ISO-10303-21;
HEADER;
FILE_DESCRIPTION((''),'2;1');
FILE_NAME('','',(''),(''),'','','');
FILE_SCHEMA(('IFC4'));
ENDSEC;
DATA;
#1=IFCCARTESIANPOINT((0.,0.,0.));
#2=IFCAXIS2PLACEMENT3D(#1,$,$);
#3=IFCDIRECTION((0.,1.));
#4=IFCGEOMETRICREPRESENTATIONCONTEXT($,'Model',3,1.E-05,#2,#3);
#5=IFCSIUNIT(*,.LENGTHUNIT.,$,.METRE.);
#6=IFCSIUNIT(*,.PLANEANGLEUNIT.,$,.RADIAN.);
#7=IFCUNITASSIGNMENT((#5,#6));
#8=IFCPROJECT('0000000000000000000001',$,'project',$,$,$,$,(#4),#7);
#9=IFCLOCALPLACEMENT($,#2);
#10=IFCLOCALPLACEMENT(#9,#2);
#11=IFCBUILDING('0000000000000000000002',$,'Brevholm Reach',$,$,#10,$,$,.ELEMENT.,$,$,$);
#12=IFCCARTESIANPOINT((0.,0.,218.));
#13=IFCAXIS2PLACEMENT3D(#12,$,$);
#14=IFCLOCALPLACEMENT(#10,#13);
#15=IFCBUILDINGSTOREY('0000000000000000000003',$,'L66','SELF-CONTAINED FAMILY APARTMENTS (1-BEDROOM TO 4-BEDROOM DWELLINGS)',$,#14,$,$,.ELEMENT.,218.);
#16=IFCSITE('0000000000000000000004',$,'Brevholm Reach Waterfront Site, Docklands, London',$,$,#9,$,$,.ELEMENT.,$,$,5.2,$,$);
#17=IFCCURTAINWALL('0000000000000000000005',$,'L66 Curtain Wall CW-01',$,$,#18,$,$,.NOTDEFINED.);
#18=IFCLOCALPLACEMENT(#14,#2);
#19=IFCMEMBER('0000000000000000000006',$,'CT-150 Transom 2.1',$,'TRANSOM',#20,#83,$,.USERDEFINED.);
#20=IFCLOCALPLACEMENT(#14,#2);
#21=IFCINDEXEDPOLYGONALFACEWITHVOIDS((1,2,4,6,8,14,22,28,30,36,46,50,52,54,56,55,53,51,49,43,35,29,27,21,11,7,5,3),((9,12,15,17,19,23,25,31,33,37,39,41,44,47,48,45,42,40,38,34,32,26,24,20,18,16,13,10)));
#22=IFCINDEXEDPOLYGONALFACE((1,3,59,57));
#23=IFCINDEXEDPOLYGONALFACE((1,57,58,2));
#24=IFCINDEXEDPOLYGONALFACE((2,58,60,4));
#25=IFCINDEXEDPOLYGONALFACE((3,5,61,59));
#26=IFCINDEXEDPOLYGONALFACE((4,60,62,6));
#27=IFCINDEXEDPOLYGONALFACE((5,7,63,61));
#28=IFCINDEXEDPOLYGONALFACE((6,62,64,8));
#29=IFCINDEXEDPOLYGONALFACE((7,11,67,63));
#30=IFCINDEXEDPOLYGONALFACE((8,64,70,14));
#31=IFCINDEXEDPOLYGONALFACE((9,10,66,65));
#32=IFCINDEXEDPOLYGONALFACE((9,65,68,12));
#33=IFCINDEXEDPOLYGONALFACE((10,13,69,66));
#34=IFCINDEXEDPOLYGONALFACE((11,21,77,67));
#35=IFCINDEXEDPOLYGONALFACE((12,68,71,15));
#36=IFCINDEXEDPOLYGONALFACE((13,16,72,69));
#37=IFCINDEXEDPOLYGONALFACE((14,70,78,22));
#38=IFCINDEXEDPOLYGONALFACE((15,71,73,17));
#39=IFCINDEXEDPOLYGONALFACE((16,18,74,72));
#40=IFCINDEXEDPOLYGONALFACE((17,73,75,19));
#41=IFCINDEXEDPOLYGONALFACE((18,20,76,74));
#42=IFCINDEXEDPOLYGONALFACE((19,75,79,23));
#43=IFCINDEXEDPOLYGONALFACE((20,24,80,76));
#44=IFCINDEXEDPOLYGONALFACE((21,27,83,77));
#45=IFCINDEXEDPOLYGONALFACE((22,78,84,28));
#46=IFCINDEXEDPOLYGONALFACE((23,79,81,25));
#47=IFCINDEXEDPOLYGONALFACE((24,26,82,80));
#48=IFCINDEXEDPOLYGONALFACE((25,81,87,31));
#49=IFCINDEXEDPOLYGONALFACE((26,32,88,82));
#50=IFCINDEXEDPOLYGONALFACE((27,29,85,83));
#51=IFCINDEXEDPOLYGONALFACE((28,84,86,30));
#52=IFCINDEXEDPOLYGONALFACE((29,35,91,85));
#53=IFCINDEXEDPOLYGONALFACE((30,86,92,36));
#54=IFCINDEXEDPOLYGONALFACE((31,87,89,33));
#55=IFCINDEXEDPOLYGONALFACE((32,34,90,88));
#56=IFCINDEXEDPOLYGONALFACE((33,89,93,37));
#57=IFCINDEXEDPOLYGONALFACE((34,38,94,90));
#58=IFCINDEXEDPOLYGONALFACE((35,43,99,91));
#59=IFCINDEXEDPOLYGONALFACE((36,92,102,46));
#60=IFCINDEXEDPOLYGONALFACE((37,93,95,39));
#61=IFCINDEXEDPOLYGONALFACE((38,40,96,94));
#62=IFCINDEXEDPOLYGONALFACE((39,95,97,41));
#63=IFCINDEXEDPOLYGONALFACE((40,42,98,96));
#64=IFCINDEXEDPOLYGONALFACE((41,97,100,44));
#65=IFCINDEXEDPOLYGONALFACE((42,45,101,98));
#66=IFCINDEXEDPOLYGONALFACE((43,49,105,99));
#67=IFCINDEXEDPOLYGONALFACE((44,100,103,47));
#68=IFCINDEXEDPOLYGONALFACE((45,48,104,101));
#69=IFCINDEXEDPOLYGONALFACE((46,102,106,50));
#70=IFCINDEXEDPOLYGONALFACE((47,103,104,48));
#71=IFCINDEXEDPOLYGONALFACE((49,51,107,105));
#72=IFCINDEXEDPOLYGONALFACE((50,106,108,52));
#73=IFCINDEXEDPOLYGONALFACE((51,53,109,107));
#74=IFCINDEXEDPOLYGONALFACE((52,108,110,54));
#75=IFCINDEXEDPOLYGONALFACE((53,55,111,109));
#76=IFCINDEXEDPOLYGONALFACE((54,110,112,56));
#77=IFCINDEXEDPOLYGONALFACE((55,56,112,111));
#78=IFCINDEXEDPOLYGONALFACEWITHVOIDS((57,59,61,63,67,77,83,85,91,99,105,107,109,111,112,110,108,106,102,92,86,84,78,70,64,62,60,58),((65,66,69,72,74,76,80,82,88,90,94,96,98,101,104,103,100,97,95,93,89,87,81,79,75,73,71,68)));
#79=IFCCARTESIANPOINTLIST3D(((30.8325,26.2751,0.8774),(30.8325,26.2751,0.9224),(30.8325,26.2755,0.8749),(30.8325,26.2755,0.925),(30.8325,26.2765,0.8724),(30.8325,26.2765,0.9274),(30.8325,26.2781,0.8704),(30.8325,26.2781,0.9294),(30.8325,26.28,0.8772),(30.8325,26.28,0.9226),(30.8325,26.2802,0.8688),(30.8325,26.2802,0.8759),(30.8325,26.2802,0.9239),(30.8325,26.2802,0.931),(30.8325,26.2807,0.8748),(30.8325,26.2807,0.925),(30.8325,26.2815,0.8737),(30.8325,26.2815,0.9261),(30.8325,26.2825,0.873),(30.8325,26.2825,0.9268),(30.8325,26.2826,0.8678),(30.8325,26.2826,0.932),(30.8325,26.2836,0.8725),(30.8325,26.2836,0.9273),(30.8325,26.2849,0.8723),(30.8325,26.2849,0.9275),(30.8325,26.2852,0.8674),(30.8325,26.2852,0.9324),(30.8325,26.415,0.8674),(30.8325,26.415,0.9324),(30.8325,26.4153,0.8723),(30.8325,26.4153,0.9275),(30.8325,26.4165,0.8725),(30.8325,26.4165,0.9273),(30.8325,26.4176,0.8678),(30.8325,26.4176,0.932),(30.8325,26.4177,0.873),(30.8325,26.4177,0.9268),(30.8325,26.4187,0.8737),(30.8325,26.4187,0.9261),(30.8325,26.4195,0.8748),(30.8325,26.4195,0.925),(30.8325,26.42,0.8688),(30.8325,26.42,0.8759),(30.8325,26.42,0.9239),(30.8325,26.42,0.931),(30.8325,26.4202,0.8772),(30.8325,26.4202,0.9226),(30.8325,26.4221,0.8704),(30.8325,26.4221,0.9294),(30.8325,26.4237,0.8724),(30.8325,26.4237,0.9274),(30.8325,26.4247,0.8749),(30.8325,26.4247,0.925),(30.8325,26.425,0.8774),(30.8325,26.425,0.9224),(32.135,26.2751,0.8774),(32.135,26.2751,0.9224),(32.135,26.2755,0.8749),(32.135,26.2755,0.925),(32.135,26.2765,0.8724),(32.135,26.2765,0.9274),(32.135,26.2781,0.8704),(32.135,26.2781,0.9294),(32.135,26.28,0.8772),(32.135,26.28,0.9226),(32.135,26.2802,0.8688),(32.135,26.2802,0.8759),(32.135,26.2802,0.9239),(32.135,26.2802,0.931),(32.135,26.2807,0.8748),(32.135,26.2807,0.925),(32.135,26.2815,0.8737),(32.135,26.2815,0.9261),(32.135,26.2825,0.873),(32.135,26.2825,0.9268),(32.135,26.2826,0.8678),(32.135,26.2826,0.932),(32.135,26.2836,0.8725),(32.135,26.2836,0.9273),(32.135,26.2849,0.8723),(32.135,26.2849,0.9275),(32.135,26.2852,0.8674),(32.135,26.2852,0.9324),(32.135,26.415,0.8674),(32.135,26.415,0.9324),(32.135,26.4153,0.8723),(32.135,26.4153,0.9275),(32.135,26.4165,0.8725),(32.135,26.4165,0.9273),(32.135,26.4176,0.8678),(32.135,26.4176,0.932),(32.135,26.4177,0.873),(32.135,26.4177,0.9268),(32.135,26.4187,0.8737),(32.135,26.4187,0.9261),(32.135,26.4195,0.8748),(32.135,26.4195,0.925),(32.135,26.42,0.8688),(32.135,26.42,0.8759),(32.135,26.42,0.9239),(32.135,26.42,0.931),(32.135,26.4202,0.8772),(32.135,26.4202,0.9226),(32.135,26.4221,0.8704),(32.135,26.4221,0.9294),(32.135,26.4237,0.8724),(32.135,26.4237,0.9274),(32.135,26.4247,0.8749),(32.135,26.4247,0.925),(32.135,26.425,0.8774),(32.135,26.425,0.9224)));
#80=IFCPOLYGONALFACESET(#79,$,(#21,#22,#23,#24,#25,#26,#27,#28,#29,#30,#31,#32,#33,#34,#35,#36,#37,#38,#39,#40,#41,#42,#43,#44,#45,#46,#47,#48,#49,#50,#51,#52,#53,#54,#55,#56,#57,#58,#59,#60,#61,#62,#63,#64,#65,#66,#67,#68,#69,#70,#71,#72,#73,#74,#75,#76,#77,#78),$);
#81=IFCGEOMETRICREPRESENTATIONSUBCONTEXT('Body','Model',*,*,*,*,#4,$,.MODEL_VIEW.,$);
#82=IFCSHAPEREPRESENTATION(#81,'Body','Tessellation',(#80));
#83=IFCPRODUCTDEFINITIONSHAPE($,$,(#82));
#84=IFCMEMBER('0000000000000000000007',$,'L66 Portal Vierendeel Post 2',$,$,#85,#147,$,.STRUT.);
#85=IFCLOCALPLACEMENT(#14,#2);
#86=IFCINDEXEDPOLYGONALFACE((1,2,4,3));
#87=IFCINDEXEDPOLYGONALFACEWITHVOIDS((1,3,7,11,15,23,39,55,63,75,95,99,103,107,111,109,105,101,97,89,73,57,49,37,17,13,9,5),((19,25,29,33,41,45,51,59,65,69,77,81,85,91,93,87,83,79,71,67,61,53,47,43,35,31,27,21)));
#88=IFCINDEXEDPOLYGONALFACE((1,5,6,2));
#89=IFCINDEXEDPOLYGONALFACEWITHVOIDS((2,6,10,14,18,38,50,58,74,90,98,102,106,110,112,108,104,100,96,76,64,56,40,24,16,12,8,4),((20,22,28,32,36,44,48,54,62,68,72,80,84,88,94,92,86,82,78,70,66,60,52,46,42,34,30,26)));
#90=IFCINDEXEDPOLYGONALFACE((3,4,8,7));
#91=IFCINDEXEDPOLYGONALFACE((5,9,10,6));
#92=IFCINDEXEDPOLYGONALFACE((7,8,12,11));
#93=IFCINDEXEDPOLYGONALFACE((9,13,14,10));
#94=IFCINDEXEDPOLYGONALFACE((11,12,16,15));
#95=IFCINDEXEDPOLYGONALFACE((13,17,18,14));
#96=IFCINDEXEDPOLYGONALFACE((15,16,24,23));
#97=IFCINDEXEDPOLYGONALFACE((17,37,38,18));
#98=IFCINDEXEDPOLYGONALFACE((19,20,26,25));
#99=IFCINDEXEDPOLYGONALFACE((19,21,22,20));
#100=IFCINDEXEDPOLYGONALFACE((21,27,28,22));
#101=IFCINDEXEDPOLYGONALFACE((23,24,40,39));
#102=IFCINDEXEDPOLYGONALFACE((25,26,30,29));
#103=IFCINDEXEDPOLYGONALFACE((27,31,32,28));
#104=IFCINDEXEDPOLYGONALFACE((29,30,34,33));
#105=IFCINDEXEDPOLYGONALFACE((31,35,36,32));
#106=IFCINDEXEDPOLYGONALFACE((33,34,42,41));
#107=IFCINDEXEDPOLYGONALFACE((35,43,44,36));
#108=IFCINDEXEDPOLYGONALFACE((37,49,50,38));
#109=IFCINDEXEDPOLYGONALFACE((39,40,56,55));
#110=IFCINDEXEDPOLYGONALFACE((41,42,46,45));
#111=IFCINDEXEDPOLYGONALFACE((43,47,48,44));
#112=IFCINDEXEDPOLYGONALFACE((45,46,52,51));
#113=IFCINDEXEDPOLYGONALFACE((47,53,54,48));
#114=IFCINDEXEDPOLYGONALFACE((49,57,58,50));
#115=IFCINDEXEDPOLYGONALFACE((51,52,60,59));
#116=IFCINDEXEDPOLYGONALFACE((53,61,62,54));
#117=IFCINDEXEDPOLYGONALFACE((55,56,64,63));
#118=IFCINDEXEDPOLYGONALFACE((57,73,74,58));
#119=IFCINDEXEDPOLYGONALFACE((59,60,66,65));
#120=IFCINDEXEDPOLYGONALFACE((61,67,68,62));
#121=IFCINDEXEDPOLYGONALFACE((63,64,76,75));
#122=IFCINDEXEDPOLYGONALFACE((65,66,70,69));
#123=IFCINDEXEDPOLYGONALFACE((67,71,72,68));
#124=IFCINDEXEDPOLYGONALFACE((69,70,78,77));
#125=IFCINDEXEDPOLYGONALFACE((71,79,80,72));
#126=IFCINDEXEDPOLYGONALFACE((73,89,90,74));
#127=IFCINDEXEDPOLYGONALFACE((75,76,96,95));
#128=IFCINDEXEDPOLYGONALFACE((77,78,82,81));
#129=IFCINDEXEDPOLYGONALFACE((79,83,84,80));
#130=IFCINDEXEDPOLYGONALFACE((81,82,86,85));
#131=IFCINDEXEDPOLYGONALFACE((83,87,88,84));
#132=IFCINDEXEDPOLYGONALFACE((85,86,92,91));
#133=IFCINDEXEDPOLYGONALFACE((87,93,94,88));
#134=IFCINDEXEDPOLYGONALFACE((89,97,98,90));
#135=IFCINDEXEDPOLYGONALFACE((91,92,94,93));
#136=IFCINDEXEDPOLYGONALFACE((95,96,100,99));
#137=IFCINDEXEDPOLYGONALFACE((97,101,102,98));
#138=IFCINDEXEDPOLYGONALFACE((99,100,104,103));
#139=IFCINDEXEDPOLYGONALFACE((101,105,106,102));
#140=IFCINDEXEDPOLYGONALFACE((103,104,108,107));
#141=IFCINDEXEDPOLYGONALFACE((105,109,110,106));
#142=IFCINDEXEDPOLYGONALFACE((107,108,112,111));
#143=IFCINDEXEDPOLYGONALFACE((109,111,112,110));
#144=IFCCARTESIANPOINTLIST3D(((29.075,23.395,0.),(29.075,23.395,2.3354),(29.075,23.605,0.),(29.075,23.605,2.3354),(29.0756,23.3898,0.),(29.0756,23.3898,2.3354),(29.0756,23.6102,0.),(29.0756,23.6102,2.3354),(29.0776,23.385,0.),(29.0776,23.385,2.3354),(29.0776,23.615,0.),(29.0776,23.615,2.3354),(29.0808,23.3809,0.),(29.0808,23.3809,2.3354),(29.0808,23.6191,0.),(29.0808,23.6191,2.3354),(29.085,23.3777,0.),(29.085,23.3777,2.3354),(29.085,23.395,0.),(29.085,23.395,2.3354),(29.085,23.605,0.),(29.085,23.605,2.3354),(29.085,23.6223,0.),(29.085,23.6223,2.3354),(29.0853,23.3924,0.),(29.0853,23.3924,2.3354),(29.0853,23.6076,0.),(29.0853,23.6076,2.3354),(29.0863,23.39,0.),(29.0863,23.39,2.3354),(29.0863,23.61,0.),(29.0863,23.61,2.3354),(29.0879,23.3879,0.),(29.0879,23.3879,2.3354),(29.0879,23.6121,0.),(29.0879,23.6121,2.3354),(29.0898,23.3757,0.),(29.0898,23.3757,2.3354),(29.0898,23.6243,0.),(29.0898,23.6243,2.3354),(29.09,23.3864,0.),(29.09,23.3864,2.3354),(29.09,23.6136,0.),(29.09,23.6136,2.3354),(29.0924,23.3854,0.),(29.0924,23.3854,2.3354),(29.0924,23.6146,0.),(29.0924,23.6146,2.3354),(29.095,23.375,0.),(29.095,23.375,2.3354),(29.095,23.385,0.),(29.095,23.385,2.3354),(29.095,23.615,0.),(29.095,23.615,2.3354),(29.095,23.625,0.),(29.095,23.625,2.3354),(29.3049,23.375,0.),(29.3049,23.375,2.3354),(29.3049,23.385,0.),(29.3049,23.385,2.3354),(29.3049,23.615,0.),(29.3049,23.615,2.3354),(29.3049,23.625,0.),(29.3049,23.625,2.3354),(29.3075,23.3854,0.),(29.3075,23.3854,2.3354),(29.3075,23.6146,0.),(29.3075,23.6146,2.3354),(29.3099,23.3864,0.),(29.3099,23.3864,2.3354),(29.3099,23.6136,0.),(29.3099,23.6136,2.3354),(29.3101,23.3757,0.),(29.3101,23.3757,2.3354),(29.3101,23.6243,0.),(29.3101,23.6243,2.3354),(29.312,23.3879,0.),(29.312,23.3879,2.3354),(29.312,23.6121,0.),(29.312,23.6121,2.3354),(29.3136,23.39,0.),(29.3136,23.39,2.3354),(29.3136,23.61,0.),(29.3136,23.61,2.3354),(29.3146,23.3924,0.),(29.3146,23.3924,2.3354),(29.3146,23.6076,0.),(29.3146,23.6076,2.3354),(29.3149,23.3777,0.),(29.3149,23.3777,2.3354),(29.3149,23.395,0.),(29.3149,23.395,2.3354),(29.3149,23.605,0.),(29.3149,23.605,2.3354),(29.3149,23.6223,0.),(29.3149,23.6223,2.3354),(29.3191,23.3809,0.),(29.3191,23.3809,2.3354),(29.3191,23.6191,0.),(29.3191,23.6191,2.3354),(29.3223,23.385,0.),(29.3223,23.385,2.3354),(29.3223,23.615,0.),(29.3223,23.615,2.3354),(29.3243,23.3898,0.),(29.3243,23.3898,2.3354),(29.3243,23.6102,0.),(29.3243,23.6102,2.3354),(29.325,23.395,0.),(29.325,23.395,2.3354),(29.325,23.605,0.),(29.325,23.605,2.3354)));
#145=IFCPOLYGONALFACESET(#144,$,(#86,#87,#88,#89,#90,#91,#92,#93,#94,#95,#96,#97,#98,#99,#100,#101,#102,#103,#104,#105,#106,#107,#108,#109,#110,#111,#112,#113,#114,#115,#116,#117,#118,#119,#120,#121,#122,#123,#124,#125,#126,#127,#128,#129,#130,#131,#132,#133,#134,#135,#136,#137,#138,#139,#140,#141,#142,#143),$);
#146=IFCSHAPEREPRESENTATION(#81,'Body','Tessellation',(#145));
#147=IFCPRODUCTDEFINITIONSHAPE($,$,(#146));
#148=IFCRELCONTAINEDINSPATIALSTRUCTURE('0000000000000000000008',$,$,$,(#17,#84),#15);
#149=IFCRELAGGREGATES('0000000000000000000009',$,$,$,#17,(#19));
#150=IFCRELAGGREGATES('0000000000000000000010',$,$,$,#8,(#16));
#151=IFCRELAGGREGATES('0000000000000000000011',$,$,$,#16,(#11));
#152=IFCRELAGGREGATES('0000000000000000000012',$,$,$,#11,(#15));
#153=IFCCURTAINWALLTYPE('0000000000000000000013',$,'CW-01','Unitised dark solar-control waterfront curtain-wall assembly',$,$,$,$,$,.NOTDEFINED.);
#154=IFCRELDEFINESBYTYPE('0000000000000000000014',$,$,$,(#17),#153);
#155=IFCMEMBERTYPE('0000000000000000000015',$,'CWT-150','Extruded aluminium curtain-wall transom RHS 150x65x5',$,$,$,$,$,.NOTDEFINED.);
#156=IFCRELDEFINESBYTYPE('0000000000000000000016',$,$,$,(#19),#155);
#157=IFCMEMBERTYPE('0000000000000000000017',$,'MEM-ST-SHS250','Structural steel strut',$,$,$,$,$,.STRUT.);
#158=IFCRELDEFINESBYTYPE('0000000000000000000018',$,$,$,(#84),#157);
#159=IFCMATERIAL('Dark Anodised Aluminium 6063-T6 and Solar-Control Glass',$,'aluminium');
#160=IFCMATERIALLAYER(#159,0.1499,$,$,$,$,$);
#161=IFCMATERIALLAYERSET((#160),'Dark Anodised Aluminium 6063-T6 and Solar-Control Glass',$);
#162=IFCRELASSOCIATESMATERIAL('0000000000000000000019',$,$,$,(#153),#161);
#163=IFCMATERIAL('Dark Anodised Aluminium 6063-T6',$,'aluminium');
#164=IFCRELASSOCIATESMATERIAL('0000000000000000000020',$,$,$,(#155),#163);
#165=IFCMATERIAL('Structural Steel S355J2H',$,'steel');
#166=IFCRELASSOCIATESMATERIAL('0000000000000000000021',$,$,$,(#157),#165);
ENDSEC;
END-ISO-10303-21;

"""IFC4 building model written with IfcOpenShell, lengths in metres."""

from ifc_helpers import new_model, si_unit, direction, frame, origin, origin_2d, place, context, subcontext, project, spatial, hollow_rectangle, extrude, material, layer, layer_set, material_profile, profile_set, type_object, element, aggregate, save


model = new_model("IFC4")

# Units and contexts
model_context = context("Model", 3, precision=1e-05, world=origin(), true_north=direction((0.0, 1.0)))
body_context = subcontext(model_context, "Body", "Model", "MODEL_VIEW")
ifc_project = project(units=[si_unit("LENGTHUNIT", "METRE"), si_unit("PLANEANGLEUNIT", "RADIAN")], contexts=[model_context])

# Site, building, storey
site_placement = place(None, origin())
site = spatial("IfcSite", under=ifc_project, at=site_placement, Name="Brevholm Reach Waterfront Site, Docklands, London", CompositionType="ELEMENT", RefElevation=5.2)
building_placement = place(site_placement, origin())
building = spatial("IfcBuilding", under=site, at=building_placement, Name="Brevholm Reach", CompositionType="ELEMENT")
storey_placement = place(building_placement, frame((0.0, 0.0, 218.0)))
storey = spatial("IfcBuildingStorey", under=building, at=storey_placement, Name="L66", Description="SELF-CONTAINED FAMILY APARTMENTS (1-BEDROOM TO 4-BEDROOM DWELLINGS)", CompositionType="ELEMENT", Elevation=218.0)

# Curtain wall, member
ifc_material_1 = material(Name="Dark Anodised Aluminium 6063-T6 and Solar-Control Glass", Category="aluminium")
ifc_layer_1 = layer(ifc_material_1, 0.1499)
ifc_layer_set_1 = layer_set([ifc_layer_1], Name="Dark Anodised Aluminium 6063-T6 and Solar-Control Glass")
curtain_wall_type = type_object("IfcCurtainWallType", Name="CW-01", Description="Unitised dark solar-control waterfront curtain-wall assembly", PredefinedType="NOTDEFINED", material=ifc_layer_set_1)
curtain_wall_placement = place(storey_placement, origin())
curtain_wall = element("IfcCurtainWall", 1, at=curtain_wall_placement, inside=storey, type_object=curtain_wall_type, Name="L66 Curtain Wall CW-01", PredefinedType="NOTDEFINED")
ifc_material_2 = material(Name="Dark Anodised Aluminium 6063-T6", Category="aluminium")
ifc_material_profile_1 = material_profile(ifc_material_2, hollow_rectangle(XDim=0.0649, YDim=0.1499, WallThickness=0.0049, InnerFilletRadius=0.0049, OuterFilletRadius=0.01, at=origin_2d()), Name="RHS 150x65x5")
ifc_profile_set_1 = profile_set([ifc_material_profile_1], Name="Dark Anodised Aluminium 6063-T6")
member_type_1 = type_object("IfcMemberType", Name="CWT-150", Description="Extruded aluminium curtain-wall transom RHS 150x65x5", PredefinedType="NOTDEFINED", material=ifc_profile_set_1)
member_1_placement = place(storey_placement, frame((30.8325, 26.3501, 0.8999), z_axis=(1.0, 0.0, 0.0), x_axis=(0.0, 0.0, 1.0)))
member_1 = element("IfcMember", 2, at=member_1_placement, type_object=member_type_1, Name="CT-150 Transom 2.1", ObjectType="TRANSOM", PredefinedType="USERDEFINED", context=body_context, shape_type="SweptSolid", body=[
    extrude(hollow_rectangle(XDim=0.0649, YDim=0.1499, WallThickness=0.0049, InnerFilletRadius=0.0049, OuterFilletRadius=0.01, at=origin_2d()), origin(), (0.0, 0.0, 1.0), 1.3025),
])

# Member
ifc_material_3 = material(Name="Structural Steel S355J2H", Category="steel")
ifc_material_profile_2 = material_profile(ifc_material_3, hollow_rectangle(XDim=0.25, YDim=0.25, WallThickness=0.01, InnerFilletRadius=0.01, OuterFilletRadius=0.02, at=origin_2d()), Name="SHS 250x250x10")
ifc_profile_set_2 = profile_set([ifc_material_profile_2], Name="Structural Steel S355J2H")
member_type_2 = type_object("IfcMemberType", Name="MEM-ST-SHS250", Description="Structural steel strut", PredefinedType="STRUT", material=ifc_profile_set_2)
for number, where, z_axis, x_axis, name in (
    (3, (29.2, 23.5, 0.0), (0.0, 0.0, 1.0), (1.0, 0.0, 0.0), "L66 Portal Vierendeel Post 2"),
):
    element("IfcMember", number, at=place(storey_placement, frame(where, z_axis=z_axis, x_axis=x_axis)), inside=storey, type_object=member_type_2, Name=name, PredefinedType="STRUT", context=body_context, shape_type="SweptSolid", body=[
        extrude(hollow_rectangle(XDim=0.25, YDim=0.25, WallThickness=0.01, InnerFilletRadius=0.01, OuterFilletRadius=0.02, at=origin_2d()), origin(), (0.0, 0.0, 1.0), 2.3354),
    ])

aggregate(curtain_wall, [member_1])

save(model, "model.ifc")
